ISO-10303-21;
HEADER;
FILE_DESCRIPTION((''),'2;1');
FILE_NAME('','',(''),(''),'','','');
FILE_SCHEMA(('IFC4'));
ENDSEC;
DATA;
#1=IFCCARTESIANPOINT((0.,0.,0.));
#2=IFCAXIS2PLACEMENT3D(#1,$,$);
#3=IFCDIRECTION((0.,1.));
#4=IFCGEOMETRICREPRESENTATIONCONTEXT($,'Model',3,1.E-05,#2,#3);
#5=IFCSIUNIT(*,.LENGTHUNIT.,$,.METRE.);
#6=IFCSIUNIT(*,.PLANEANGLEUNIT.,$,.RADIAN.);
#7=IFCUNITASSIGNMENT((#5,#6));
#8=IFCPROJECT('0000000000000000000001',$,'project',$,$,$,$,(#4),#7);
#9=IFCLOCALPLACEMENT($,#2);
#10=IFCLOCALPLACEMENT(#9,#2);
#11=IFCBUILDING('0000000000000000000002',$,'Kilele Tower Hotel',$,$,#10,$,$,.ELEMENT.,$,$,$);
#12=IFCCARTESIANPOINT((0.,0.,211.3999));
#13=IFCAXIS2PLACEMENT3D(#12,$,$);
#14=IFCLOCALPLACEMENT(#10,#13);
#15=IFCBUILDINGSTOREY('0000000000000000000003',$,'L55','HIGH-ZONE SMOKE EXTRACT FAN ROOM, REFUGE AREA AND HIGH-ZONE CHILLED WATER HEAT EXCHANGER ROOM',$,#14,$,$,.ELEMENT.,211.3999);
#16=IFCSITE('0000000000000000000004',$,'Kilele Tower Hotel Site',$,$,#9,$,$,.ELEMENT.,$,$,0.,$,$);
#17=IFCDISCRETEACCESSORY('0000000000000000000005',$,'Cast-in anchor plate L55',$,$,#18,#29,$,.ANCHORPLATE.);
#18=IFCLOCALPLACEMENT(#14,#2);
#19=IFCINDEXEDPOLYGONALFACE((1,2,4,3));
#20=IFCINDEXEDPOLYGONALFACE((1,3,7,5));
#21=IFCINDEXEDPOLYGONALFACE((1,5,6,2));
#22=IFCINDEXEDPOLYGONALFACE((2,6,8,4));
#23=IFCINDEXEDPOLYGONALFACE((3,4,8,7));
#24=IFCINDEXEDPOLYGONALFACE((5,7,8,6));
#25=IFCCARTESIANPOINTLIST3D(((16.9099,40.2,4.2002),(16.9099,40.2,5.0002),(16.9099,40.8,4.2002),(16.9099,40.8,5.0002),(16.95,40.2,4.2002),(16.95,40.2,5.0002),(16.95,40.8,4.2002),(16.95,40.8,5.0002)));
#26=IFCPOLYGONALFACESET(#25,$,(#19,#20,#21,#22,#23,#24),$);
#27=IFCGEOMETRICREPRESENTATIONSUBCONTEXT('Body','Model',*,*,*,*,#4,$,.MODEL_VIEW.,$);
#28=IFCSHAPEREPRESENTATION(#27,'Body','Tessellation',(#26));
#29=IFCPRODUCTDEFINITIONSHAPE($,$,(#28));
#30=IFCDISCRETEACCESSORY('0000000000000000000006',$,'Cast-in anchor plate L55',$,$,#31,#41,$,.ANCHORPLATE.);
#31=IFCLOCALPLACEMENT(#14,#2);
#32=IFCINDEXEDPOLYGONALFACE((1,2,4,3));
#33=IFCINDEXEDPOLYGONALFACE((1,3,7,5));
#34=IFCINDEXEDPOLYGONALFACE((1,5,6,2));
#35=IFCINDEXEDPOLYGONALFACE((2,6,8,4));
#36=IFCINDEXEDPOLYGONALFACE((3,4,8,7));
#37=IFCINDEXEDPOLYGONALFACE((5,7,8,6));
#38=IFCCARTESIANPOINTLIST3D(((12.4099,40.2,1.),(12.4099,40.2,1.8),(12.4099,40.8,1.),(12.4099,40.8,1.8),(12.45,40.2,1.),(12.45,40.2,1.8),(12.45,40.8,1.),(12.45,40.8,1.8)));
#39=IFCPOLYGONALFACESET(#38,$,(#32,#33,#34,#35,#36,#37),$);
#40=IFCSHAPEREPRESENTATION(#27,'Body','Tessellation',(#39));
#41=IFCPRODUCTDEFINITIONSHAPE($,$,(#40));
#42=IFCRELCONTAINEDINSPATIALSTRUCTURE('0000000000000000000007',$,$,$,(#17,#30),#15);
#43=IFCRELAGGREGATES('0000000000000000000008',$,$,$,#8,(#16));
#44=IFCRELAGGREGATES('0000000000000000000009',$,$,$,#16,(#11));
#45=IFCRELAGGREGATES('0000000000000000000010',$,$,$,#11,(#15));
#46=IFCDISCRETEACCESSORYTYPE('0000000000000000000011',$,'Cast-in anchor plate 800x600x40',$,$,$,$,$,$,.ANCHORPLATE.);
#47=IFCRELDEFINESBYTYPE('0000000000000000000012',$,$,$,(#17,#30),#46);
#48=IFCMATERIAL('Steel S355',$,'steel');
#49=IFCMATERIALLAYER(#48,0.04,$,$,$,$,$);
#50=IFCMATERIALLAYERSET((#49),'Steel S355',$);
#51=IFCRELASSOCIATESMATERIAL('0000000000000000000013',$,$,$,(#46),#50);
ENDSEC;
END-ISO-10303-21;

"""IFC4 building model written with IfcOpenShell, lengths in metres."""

from ifc_helpers import new_model, si_unit, direction, frame, origin, place, context, subcontext, project, spatial, polyline, outline, extrude, source, transform, mapped, material, layer, layer_set, type_object, element, save


model = new_model("IFC4")

# Units and contexts
model_context = context("Model", 3, precision=1e-05, world=origin(), true_north=direction((0.0, 1.0)))
body_context = subcontext(model_context, "Body", "Model", "MODEL_VIEW")
ifc_project = project(units=[si_unit("LENGTHUNIT", "METRE"), si_unit("PLANEANGLEUNIT", "RADIAN")], contexts=[model_context])

# Site, building, storey
site_placement = place(None, origin())
site = spatial("IfcSite", under=ifc_project, at=site_placement, Name="Kilele Tower Hotel Site", CompositionType="ELEMENT", RefElevation=0.0)
building_placement = place(site_placement, origin())
building = spatial("IfcBuilding", under=site, at=building_placement, Name="Kilele Tower Hotel", CompositionType="ELEMENT")
storey_placement = place(building_placement, frame((0.0, 0.0, 211.3999)))
storey = spatial("IfcBuildingStorey", under=building, at=storey_placement, Name="L55", Description="HIGH-ZONE SMOKE EXTRACT FAN ROOM, REFUGE AREA AND HIGH-ZONE CHILLED WATER HEAT EXCHANGER ROOM", CompositionType="ELEMENT", Elevation=211.3999)

# Discrete accessories
ifc_material_1 = material(Name="Steel S355", Category="steel")
ifc_layer_1 = layer(ifc_material_1, 0.04)
ifc_layer_set_1 = layer_set([ifc_layer_1], Name="Steel S355")
discrete_accessory_type = type_object("IfcDiscreteAccessoryType", Name="Cast-in anchor plate 800x600x40", PredefinedType="ANCHORPLATE", material=ifc_layer_set_1)
shared_shape = source(origin(), body_context, "Body", "SweptSolid", [
    extrude(outline(polyline([(0.0, 0.0), (0.04, 0.0), (0.04, 0.8), (0.0, 0.8), (0.0, 0.0)])), origin(), (0.0, 0.0, 1.0), 0.6001),
])
for number, where, z_axis, x_axis, name in (
    (1, (16.95, 40.2, 4.2002), (0.0, 1.0, 0.0), (-1.0, 0.0, 0.0), "Cast-in anchor plate L55"),
    (2, (12.45, 40.2, 1.0), (0.0, 1.0, 0.0), (-1.0, 0.0, 0.0), "Cast-in anchor plate L55"),
):
    element("IfcDiscreteAccessory", number, at=place(storey_placement, frame(where, z_axis=z_axis, x_axis=x_axis)), inside=storey, type_object=discrete_accessory_type, Name=name, PredefinedType="ANCHORPLATE", context=body_context, shape_type="MappedRepresentation", body=[
        mapped(shared_shape, transform((0.0, 0.0, 0.0))),
    ])

save(model, "model.ifc")
